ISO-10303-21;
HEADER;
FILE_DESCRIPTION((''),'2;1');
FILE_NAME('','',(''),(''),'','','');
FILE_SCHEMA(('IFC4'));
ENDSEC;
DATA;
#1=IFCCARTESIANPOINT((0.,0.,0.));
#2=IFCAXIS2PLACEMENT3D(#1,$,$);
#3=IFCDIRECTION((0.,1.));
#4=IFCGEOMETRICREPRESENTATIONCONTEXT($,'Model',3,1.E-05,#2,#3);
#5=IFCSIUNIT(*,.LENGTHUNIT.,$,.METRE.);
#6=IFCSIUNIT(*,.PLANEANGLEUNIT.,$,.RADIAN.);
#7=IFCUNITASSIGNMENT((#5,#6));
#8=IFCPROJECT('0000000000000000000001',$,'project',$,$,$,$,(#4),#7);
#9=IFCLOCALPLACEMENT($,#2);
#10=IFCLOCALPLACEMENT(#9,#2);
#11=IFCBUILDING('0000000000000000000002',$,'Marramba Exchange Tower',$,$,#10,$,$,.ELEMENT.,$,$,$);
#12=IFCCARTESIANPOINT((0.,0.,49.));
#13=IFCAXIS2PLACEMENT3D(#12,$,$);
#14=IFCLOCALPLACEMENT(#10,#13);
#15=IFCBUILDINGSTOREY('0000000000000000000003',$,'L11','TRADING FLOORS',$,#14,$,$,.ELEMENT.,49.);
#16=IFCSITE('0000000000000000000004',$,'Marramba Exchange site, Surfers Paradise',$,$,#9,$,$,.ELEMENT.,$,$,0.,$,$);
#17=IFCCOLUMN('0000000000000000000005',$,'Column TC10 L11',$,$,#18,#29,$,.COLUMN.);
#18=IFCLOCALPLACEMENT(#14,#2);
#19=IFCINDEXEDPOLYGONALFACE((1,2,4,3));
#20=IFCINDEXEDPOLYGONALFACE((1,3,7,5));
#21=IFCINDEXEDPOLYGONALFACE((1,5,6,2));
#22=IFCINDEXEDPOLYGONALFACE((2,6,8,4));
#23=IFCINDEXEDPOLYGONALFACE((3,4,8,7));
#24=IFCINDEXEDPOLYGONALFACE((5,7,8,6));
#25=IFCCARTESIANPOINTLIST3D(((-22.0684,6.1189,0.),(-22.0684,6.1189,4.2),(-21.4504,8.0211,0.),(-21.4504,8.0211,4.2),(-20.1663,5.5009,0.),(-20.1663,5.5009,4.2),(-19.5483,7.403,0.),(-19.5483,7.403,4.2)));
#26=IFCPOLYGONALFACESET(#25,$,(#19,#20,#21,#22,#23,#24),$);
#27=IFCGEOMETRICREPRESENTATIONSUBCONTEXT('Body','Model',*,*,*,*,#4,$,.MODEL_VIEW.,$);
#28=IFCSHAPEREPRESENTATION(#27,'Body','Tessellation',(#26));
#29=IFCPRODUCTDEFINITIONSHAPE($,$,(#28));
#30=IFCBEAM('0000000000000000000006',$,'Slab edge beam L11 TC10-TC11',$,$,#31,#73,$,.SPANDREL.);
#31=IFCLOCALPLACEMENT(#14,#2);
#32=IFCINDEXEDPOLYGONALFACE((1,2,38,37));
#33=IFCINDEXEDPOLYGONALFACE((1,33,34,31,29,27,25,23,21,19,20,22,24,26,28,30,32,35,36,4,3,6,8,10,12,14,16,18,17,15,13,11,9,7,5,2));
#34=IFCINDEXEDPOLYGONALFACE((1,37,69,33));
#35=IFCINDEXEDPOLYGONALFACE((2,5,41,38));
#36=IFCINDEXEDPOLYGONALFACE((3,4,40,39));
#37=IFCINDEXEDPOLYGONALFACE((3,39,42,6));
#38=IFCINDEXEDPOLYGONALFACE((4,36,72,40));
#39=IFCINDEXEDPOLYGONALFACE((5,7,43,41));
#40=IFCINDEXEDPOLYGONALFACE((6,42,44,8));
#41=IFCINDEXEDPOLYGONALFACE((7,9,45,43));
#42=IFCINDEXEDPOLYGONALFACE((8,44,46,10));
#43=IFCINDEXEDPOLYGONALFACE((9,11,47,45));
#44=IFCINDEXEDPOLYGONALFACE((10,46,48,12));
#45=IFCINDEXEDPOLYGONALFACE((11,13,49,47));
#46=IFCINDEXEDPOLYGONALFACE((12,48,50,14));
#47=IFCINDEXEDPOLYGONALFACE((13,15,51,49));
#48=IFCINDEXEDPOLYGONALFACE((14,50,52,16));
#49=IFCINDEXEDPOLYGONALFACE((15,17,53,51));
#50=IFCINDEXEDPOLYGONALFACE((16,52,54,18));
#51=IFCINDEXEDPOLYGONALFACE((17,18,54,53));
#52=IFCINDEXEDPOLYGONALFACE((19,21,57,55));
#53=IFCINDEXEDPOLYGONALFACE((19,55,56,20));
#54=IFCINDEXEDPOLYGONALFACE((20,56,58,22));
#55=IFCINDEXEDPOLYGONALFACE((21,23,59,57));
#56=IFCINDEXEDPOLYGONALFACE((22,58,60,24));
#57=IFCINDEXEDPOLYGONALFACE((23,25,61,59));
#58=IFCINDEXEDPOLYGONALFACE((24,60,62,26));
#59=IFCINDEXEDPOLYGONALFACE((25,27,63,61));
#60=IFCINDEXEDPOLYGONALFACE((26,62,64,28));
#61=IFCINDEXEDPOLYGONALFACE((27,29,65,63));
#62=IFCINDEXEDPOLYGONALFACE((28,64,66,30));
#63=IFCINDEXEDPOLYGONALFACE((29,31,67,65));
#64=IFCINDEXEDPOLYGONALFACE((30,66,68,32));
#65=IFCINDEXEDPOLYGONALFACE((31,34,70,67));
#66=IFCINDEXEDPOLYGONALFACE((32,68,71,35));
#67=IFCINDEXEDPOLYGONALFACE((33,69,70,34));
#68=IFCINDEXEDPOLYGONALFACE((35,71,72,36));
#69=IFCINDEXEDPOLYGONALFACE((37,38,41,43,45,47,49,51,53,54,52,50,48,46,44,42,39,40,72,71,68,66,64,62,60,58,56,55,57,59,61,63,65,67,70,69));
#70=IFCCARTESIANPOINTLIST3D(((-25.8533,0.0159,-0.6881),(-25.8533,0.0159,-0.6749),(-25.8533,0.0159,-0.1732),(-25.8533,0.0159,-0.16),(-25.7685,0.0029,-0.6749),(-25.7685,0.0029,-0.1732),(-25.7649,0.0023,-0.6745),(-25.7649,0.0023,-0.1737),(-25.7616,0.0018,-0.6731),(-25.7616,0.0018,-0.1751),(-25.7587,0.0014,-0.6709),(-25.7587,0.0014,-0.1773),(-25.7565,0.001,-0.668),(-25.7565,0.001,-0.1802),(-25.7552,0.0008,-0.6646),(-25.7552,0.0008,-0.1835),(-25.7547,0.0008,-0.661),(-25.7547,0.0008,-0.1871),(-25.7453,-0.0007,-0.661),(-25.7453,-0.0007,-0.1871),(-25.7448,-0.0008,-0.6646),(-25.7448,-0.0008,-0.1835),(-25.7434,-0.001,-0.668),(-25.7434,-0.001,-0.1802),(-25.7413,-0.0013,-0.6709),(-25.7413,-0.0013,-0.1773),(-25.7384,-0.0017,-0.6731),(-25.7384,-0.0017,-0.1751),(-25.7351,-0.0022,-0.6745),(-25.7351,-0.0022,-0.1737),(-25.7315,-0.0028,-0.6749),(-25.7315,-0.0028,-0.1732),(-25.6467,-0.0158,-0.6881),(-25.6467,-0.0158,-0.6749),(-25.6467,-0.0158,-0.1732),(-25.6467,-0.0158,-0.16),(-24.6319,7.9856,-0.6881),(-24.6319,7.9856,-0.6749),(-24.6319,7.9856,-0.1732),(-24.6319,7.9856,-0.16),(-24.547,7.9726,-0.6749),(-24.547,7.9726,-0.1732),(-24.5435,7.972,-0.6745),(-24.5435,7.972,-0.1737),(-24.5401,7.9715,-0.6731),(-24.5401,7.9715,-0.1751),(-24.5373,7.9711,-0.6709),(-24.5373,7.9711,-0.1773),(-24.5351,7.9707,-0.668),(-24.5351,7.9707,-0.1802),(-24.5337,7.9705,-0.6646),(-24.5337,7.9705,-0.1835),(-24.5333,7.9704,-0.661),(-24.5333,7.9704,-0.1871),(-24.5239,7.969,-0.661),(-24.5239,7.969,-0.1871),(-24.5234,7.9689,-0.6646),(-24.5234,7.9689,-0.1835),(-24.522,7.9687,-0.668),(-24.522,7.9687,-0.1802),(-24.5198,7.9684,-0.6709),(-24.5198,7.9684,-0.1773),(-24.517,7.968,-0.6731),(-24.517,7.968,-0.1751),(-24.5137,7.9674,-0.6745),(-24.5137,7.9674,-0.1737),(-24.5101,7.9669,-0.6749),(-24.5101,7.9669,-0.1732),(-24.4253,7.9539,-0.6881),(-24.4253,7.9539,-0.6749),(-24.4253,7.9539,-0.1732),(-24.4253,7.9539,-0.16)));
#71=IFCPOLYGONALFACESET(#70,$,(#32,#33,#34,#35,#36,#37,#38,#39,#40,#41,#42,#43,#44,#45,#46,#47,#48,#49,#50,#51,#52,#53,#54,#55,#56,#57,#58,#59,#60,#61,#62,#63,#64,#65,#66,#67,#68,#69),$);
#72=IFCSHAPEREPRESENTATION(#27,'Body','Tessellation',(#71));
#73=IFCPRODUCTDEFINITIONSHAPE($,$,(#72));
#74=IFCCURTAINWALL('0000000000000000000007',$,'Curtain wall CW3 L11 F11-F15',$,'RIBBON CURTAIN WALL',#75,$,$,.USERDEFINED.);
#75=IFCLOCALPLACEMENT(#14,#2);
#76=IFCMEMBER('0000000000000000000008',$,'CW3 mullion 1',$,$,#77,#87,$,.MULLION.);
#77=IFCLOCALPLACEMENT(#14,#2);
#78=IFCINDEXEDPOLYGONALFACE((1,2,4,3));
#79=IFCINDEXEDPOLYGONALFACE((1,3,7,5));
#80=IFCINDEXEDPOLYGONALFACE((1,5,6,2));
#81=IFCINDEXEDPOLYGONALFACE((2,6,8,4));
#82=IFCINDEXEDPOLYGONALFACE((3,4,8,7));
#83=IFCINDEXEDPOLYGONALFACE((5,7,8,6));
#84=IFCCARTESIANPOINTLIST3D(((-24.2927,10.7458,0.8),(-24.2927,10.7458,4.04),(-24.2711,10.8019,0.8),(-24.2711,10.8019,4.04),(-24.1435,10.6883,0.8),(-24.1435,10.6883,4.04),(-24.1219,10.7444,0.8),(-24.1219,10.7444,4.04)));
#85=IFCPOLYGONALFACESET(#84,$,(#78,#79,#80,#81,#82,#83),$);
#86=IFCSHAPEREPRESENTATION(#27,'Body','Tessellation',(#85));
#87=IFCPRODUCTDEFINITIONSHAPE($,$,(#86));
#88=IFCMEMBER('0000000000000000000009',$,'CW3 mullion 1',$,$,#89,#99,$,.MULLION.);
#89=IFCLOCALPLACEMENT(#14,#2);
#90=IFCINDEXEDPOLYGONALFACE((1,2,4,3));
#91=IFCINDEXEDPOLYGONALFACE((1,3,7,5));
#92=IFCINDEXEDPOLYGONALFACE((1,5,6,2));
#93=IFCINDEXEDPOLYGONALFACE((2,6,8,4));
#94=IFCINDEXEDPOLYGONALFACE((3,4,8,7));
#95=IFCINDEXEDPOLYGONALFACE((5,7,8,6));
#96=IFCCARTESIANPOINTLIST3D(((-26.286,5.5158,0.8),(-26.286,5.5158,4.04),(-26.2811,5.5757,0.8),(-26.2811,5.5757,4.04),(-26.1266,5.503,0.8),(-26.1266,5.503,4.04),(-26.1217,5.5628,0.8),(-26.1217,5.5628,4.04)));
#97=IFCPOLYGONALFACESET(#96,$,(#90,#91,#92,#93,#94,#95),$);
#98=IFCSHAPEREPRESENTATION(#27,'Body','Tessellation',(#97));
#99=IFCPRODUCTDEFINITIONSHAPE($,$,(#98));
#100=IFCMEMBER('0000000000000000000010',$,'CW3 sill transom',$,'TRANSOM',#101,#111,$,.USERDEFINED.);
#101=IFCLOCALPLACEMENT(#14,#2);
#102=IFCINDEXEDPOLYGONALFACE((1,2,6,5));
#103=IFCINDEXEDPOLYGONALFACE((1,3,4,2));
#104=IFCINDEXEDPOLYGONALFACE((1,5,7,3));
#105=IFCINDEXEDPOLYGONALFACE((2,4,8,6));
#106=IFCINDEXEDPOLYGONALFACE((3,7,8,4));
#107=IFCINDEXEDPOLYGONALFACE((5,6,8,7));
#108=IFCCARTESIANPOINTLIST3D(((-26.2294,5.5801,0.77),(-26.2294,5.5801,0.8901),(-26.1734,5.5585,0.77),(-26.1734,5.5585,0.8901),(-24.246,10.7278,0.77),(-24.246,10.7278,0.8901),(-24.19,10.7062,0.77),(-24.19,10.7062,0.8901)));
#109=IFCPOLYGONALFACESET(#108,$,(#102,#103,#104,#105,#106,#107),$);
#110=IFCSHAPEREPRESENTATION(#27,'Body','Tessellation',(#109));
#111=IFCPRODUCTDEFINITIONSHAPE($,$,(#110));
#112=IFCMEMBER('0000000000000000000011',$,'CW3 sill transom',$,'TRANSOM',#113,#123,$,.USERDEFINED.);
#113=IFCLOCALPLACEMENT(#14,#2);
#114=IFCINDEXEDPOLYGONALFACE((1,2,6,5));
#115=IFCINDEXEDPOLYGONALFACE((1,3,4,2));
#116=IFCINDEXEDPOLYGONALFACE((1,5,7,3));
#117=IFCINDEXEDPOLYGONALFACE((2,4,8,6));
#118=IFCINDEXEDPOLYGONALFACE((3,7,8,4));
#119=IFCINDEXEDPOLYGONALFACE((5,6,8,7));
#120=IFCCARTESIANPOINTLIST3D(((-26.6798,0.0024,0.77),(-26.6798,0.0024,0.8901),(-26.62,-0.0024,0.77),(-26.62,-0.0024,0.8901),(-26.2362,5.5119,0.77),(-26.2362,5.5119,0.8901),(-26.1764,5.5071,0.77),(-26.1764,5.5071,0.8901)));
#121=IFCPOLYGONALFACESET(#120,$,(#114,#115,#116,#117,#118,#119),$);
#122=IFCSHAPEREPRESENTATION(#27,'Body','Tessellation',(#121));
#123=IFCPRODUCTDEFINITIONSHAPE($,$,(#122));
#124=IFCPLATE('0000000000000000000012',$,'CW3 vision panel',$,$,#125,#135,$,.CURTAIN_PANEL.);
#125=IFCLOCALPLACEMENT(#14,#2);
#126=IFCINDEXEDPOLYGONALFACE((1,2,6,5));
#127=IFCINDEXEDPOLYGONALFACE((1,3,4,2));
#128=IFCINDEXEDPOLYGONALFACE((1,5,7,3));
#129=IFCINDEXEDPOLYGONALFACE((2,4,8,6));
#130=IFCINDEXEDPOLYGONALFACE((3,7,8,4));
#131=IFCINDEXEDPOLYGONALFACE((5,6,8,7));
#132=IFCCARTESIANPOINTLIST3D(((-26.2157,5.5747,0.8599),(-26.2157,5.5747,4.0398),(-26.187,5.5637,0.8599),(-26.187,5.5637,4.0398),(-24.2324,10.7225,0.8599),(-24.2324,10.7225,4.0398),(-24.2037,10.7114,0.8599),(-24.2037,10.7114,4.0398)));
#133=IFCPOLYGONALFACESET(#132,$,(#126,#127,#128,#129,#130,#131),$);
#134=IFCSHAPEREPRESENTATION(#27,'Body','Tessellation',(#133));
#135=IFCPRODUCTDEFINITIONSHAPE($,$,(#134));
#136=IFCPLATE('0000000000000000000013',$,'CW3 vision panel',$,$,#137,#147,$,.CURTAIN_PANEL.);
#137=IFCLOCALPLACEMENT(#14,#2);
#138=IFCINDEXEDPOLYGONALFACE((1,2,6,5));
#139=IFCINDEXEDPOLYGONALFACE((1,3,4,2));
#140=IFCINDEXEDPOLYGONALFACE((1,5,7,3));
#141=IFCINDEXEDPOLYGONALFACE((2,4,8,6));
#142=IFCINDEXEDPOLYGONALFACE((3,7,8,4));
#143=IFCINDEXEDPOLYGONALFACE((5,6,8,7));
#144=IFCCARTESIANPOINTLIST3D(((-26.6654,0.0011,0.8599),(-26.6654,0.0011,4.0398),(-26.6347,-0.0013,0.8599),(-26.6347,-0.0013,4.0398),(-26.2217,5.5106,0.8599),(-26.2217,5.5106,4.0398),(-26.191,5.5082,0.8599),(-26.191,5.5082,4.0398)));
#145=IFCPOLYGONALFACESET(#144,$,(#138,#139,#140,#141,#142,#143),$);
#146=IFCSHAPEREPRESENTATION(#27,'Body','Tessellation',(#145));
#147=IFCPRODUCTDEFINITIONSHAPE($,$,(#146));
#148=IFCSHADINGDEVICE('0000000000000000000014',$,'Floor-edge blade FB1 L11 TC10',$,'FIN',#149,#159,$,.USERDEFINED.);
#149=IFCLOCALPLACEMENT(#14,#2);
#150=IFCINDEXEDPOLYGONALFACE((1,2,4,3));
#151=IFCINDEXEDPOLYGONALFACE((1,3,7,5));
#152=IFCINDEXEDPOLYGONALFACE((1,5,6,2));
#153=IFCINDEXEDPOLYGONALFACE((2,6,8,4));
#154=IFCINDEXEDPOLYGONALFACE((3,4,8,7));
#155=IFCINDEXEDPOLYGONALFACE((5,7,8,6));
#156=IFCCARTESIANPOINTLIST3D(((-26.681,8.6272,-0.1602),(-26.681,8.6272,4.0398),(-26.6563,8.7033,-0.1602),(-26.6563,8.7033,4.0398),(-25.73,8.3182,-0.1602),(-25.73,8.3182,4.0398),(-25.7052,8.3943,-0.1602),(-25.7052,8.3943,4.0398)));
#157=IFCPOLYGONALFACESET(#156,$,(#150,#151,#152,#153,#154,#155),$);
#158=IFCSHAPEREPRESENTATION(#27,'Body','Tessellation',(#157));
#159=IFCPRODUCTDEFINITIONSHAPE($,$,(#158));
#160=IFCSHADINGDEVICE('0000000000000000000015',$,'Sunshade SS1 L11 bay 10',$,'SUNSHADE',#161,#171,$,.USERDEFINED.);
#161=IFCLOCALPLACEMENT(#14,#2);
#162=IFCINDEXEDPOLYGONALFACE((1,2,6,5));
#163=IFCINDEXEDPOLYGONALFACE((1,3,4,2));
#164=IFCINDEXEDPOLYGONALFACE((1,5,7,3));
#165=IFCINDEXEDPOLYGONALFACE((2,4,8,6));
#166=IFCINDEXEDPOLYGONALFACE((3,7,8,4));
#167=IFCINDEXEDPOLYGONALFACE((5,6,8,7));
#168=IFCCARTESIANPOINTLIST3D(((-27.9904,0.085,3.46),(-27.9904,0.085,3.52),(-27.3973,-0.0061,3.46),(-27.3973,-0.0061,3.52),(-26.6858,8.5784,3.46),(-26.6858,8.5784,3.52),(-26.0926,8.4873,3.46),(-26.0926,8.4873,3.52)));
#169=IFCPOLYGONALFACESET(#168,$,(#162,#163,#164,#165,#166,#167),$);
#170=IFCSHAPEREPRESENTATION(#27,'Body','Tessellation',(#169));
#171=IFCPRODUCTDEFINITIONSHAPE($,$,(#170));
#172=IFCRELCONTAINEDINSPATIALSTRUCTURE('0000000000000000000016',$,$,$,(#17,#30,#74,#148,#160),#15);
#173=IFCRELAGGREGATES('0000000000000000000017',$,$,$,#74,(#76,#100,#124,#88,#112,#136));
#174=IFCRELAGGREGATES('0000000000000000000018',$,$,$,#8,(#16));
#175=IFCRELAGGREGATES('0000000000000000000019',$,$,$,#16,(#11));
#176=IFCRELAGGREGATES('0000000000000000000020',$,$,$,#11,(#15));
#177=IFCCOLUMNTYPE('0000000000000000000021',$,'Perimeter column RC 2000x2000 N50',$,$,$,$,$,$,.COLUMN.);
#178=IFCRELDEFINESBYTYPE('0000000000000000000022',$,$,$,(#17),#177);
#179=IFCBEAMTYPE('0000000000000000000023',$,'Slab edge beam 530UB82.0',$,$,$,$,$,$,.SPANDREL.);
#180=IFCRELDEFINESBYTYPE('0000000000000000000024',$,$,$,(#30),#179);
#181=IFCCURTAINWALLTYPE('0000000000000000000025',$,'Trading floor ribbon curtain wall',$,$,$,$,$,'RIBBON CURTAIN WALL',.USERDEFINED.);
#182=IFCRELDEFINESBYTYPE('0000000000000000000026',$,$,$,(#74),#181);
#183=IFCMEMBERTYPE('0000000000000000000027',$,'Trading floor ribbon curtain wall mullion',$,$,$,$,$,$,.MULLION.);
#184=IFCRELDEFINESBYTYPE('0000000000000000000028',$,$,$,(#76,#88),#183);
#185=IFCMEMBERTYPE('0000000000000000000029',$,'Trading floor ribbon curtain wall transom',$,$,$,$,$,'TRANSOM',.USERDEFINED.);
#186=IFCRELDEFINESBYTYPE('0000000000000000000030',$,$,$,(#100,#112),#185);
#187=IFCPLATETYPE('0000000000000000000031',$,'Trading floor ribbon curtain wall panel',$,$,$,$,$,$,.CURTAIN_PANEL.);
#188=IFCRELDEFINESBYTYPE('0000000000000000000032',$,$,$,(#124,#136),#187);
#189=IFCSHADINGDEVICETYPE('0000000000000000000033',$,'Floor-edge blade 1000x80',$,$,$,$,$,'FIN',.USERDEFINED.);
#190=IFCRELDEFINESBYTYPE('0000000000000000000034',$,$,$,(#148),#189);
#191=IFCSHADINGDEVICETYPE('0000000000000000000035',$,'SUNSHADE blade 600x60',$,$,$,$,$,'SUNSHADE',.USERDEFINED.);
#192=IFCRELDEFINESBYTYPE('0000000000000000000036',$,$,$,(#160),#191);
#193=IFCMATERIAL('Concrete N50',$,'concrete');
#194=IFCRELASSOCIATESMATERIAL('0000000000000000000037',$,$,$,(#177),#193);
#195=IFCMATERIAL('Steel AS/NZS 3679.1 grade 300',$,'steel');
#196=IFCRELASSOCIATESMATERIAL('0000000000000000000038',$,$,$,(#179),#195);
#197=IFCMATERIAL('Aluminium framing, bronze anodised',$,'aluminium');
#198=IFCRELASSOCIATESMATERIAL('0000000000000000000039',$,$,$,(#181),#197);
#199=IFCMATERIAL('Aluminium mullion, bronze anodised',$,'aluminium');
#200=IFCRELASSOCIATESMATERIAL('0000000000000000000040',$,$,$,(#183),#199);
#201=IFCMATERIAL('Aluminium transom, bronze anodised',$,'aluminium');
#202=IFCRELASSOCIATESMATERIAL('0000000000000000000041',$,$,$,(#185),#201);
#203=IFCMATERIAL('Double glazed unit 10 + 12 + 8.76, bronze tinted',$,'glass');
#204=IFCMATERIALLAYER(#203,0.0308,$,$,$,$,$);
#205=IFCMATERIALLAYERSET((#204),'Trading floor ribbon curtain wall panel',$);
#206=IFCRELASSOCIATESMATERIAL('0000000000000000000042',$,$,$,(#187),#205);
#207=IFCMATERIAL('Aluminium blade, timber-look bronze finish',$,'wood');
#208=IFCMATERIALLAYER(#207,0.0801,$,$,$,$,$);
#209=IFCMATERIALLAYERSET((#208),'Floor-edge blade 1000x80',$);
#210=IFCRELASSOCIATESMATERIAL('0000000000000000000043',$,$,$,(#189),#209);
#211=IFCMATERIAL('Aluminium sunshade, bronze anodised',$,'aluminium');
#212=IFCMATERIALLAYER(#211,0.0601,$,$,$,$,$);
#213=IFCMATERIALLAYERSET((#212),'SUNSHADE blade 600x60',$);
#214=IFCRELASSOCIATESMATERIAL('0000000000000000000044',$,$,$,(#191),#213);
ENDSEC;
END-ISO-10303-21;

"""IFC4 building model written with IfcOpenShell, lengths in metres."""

from ifc_helpers import new_model, si_unit, direction, frame, origin, origin_2d, place, context, subcontext, project, spatial, rectangle, i_section, extrude, material, layer, layer_set, material_profile, profile_set, type_object, element, aggregate, save


model = new_model("IFC4")

# Units and contexts
model_context = context("Model", 3, precision=1e-05, world=origin(), true_north=direction((0.0, 1.0)))
body_context = subcontext(model_context, "Body", "Model", "MODEL_VIEW")
ifc_project = project(units=[si_unit("LENGTHUNIT", "METRE"), si_unit("PLANEANGLEUNIT", "RADIAN")], contexts=[model_context])

# Site, building, storey
site_placement = place(None, origin())
site = spatial("IfcSite", under=ifc_project, at=site_placement, Name="Marramba Exchange site, Surfers Paradise", CompositionType="ELEMENT", RefElevation=0.0)
building_placement = place(site_placement, origin())
building = spatial("IfcBuilding", under=site, at=building_placement, Name="Marramba Exchange Tower", CompositionType="ELEMENT")
storey_placement = place(building_placement, frame((0.0, 0.0, 49.0)))
storey = spatial("IfcBuildingStorey", under=building, at=storey_placement, Name="L11", Description="TRADING FLOORS", CompositionType="ELEMENT", Elevation=49.0)

# Column
ifc_material_1 = material(Name="Concrete N50", Category="concrete")
ifc_material_profile_1 = material_profile(ifc_material_1, rectangle(XDim=2.0, YDim=2.0, at=origin_2d()), Name="RC 2000x2000")
ifc_profile_set_1 = profile_set([ifc_material_profile_1], Name="Concrete N50")
column_type = type_object("IfcColumnType", Name="Perimeter column RC 2000x2000 N50", PredefinedType="COLUMN", material=ifc_profile_set_1)
column_placement = place(storey_placement, frame((-20.8083, 6.761, 0.0), z_axis=(0.0, 0.0, 1.0), x_axis=(-0.951057, 0.309017, 0.0)))
element("IfcColumn", 1, at=column_placement, inside=storey, type_object=column_type, Name="Column TC10 L11", PredefinedType="COLUMN", context=body_context, shape_type="SweptSolid", body=[
    extrude(rectangle(XDim=2.0, YDim=2.0, at=origin_2d()), origin(), (0.0, 0.0, 1.0), 4.2),
])

# Beam
ifc_material_2 = material(Name="Steel AS/NZS 3679.1 grade 300", Category="steel")
ifc_material_profile_2 = material_profile(ifc_material_2, i_section(OverallWidth=0.209, OverallDepth=0.5281, WebThickness=0.0095, FlangeThickness=0.0132, FilletRadius=0.0139, at=origin_2d()), Name="530UB82.0")
ifc_profile_set_2 = profile_set([ifc_material_profile_2], Name="Steel AS/NZS 3679.1 grade 300")
beam_type = type_object("IfcBeamType", Name="Slab edge beam 530UB82.0", PredefinedType="SPANDREL", material=ifc_profile_set_2)
beam_placement = place(storey_placement, frame((-24.5286, 7.9697, -0.4241), z_axis=(-0.151491, -0.988459, 0.0), x_axis=(0.988459, -0.151491, 0.0)))
element("IfcBeam", 2, at=beam_placement, inside=storey, type_object=beam_type, Name="Slab edge beam L11 TC10-TC11", PredefinedType="SPANDREL", context=body_context, shape_type="SweptSolid", body=[
    extrude(i_section(OverallWidth=0.209, OverallDepth=0.5281, WebThickness=0.0095, FlangeThickness=0.0132, FilletRadius=0.0139, at=origin_2d()), origin(), (0.0, 0.0, 1.0), 8.0627),
])

# Curtain wall, members, plates
ifc_material_3 = material(Name="Aluminium framing, bronze anodised", Category="aluminium")
curtain_wall_type = type_object("IfcCurtainWallType", Name="Trading floor ribbon curtain wall", ElementType="RIBBON CURTAIN WALL", PredefinedType="USERDEFINED", material=ifc_material_3)
curtain_wall_placement = place(storey_placement, origin())
curtain_wall = element("IfcCurtainWall", 3, at=curtain_wall_placement, inside=storey, type_object=curtain_wall_type, Name="Curtain wall CW3 L11 F11-F15", ObjectType="RIBBON CURTAIN WALL", PredefinedType="USERDEFINED")
ifc_material_4 = material(Name="Aluminium mullion, bronze anodised", Category="aluminium")
ifc_material_profile_3 = material_profile(ifc_material_4, rectangle(XDim=0.1599, YDim=0.0601, at=origin_2d()), Name="CW3 mullion 60x160")
ifc_profile_set_3 = profile_set([ifc_material_profile_3], Name="Aluminium mullion, bronze anodised")
member_type_1 = type_object("IfcMemberType", Name="Trading floor ribbon curtain wall mullion", PredefinedType="MULLION", material=ifc_profile_set_3)
member_1_placement = place(storey_placement, frame((-24.2073, 10.7451, 0.8), z_axis=(0.0, 0.0, 1.0), x_axis=(0.933135, -0.359526, 0.0)))
member_1 = element("IfcMember", 4, at=member_1_placement, type_object=member_type_1, Name="CW3 mullion 1", PredefinedType="MULLION", context=body_context, shape_type="SweptSolid", body=[
    extrude(rectangle(XDim=0.1599, YDim=0.0601, at=origin_2d()), origin(), (0.0, 0.0, 1.0), 3.24),
])
member_2_placement = place(storey_placement, frame((-26.2039, 5.5393, 0.8), z_axis=(0.0, 0.0, 1.0), x_axis=(0.996773, -0.080275, 0.0)))
member_2 = element("IfcMember", 5, at=member_2_placement, type_object=member_type_1, Name="CW3 mullion 1", PredefinedType="MULLION", context=body_context, shape_type="SweptSolid", body=[
    extrude(rectangle(XDim=0.1599, YDim=0.0601, at=origin_2d()), origin(), (0.0, 0.0, 1.0), 3.24),
])
ifc_material_5 = material(Name="Aluminium transom, bronze anodised", Category="aluminium")
ifc_material_profile_4 = material_profile(ifc_material_5, rectangle(XDim=0.0601, YDim=0.1201, at=origin_2d()), Name="CW3 transom 60x120")
ifc_profile_set_4 = profile_set([ifc_material_profile_4], Name="Aluminium transom, bronze anodised")
member_type_2 = type_object("IfcMemberType", Name="Trading floor ribbon curtain wall transom", ElementType="TRANSOM", PredefinedType="USERDEFINED", material=ifc_profile_set_4)
member_3_placement = place(storey_placement, frame((-24.218, 10.717, 0.8301), z_axis=(-0.359534, -0.933132, 0.0), x_axis=(0.933132, -0.359534, 0.0)))
member_3 = element("IfcMember", 6, at=member_3_placement, type_object=member_type_2, Name="CW3 sill transom", ObjectType="TRANSOM", PredefinedType="USERDEFINED", context=body_context, shape_type="SweptSolid", body=[
    extrude(rectangle(XDim=0.0601, YDim=0.1201, at=origin_2d()), origin(), (0.0, 0.0, 1.0), 5.5166),
])
member_4_placement = place(storey_placement, frame((-26.2063, 5.5095, 0.8301), z_axis=(-0.080256, -0.996774, 0.0), x_axis=(0.996774, -0.080256, 0.0)))
member_4 = element("IfcMember", 7, at=member_4_placement, type_object=member_type_2, Name="CW3 sill transom", ObjectType="TRANSOM", PredefinedType="USERDEFINED", context=body_context, shape_type="SweptSolid", body=[
    extrude(rectangle(XDim=0.0601, YDim=0.1201, at=origin_2d()), origin(), (0.0, 0.0, 1.0), 5.5273),
])
ifc_material_6 = material(Name="Double glazed unit 10 + 12 + 8.76, bronze tinted", Category="glass")
ifc_layer_1 = layer(ifc_material_6, 0.0308)
ifc_layer_set_1 = layer_set([ifc_layer_1], Name="Trading floor ribbon curtain wall panel")
plate_type = type_object("IfcPlateType", Name="Trading floor ribbon curtain wall panel", PredefinedType="CURTAIN_PANEL", material=ifc_layer_set_1)
plate_1_placement = place(storey_placement, frame((-25.2097, 8.1431, 0.8599), z_axis=(0.0, 0.0, 1.0), x_axis=(-0.359526, -0.933135, 0.0)))
plate_1 = element("IfcPlate", 8, at=plate_1_placement, type_object=plate_type, Name="CW3 vision panel", PredefinedType="CURTAIN_PANEL", context=body_context, shape_type="SweptSolid", body=[
    extrude(rectangle(XDim=5.5166, YDim=0.0308, at=origin_2d()), origin(), (0.0, 0.0, 1.0), 3.1799),
])
plate_2_placement = place(storey_placement, frame((-26.4282, 2.7546, 0.8599), z_axis=(0.0, 0.0, 1.0), x_axis=(-0.080275, -0.996773, 0.0)))
plate_2 = element("IfcPlate", 9, at=plate_2_placement, type_object=plate_type, Name="CW3 vision panel", PredefinedType="CURTAIN_PANEL", context=body_context, shape_type="SweptSolid", body=[
    extrude(rectangle(XDim=5.5273, YDim=0.0308, at=origin_2d()), origin(), (0.0, 0.0, 1.0), 3.1799),
])
aggregate(curtain_wall, [member_1, member_3, plate_1, member_2, member_4, plate_2])

# Shading devices
ifc_material_7 = material(Name="Aluminium blade, timber-look bronze finish", Category="wood")
ifc_layer_2 = layer(ifc_material_7, 0.0801)
ifc_layer_set_2 = layer_set([ifc_layer_2], Name="Floor-edge blade 1000x80")
shading_device_type_1 = type_object("IfcShadingDeviceType", Name="Floor-edge blade 1000x80", ElementType="FIN", PredefinedType="USERDEFINED", material=ifc_layer_set_2)
shading_device_1_placement = place(storey_placement, frame((-26.1931, 8.5107, -0.1602), z_axis=(0.0, 0.0, 1.0), x_axis=(-0.951057, 0.309017, 0.0)))
element("IfcShadingDevice", 10, at=shading_device_1_placement, inside=storey, type_object=shading_device_type_1, Name="Floor-edge blade FB1 L11 TC10", ObjectType="FIN", PredefinedType="USERDEFINED", context=body_context, shape_type="SweptSolid", body=[
    extrude(rectangle(XDim=1.0, YDim=0.0801, at=origin_2d()), origin(), (0.0, 0.0, 1.0), 4.2),
])
ifc_material_8 = material(Name="Aluminium sunshade, bronze anodised", Category="aluminium")
ifc_layer_3 = layer(ifc_material_8, 0.0601)
ifc_layer_set_3 = layer_set([ifc_layer_3], Name="SUNSHADE blade 600x60")
shading_device_type_2 = type_object("IfcShadingDeviceType", Name="SUNSHADE blade 600x60", ElementType="SUNSHADE", PredefinedType="USERDEFINED", material=ifc_layer_set_3)
shading_device_2_placement = place(storey_placement, frame((-27.0415, 4.2861, 3.46), z_axis=(0.0, 0.0, 1.0), x_axis=(-0.151825, -0.988407, 0.0)))
element("IfcShadingDevice", 11, at=shading_device_2_placement, inside=storey, type_object=shading_device_type_2, Name="Sunshade SS1 L11 bay 10", ObjectType="SUNSHADE", PredefinedType="USERDEFINED", context=body_context, shape_type="SweptSolid", body=[
    extrude(rectangle(XDim=8.593, YDim=0.6001, at=origin_2d()), origin(), (0.0, 0.0, 1.0), 0.0601),
])

save(model, "model.ifc")
